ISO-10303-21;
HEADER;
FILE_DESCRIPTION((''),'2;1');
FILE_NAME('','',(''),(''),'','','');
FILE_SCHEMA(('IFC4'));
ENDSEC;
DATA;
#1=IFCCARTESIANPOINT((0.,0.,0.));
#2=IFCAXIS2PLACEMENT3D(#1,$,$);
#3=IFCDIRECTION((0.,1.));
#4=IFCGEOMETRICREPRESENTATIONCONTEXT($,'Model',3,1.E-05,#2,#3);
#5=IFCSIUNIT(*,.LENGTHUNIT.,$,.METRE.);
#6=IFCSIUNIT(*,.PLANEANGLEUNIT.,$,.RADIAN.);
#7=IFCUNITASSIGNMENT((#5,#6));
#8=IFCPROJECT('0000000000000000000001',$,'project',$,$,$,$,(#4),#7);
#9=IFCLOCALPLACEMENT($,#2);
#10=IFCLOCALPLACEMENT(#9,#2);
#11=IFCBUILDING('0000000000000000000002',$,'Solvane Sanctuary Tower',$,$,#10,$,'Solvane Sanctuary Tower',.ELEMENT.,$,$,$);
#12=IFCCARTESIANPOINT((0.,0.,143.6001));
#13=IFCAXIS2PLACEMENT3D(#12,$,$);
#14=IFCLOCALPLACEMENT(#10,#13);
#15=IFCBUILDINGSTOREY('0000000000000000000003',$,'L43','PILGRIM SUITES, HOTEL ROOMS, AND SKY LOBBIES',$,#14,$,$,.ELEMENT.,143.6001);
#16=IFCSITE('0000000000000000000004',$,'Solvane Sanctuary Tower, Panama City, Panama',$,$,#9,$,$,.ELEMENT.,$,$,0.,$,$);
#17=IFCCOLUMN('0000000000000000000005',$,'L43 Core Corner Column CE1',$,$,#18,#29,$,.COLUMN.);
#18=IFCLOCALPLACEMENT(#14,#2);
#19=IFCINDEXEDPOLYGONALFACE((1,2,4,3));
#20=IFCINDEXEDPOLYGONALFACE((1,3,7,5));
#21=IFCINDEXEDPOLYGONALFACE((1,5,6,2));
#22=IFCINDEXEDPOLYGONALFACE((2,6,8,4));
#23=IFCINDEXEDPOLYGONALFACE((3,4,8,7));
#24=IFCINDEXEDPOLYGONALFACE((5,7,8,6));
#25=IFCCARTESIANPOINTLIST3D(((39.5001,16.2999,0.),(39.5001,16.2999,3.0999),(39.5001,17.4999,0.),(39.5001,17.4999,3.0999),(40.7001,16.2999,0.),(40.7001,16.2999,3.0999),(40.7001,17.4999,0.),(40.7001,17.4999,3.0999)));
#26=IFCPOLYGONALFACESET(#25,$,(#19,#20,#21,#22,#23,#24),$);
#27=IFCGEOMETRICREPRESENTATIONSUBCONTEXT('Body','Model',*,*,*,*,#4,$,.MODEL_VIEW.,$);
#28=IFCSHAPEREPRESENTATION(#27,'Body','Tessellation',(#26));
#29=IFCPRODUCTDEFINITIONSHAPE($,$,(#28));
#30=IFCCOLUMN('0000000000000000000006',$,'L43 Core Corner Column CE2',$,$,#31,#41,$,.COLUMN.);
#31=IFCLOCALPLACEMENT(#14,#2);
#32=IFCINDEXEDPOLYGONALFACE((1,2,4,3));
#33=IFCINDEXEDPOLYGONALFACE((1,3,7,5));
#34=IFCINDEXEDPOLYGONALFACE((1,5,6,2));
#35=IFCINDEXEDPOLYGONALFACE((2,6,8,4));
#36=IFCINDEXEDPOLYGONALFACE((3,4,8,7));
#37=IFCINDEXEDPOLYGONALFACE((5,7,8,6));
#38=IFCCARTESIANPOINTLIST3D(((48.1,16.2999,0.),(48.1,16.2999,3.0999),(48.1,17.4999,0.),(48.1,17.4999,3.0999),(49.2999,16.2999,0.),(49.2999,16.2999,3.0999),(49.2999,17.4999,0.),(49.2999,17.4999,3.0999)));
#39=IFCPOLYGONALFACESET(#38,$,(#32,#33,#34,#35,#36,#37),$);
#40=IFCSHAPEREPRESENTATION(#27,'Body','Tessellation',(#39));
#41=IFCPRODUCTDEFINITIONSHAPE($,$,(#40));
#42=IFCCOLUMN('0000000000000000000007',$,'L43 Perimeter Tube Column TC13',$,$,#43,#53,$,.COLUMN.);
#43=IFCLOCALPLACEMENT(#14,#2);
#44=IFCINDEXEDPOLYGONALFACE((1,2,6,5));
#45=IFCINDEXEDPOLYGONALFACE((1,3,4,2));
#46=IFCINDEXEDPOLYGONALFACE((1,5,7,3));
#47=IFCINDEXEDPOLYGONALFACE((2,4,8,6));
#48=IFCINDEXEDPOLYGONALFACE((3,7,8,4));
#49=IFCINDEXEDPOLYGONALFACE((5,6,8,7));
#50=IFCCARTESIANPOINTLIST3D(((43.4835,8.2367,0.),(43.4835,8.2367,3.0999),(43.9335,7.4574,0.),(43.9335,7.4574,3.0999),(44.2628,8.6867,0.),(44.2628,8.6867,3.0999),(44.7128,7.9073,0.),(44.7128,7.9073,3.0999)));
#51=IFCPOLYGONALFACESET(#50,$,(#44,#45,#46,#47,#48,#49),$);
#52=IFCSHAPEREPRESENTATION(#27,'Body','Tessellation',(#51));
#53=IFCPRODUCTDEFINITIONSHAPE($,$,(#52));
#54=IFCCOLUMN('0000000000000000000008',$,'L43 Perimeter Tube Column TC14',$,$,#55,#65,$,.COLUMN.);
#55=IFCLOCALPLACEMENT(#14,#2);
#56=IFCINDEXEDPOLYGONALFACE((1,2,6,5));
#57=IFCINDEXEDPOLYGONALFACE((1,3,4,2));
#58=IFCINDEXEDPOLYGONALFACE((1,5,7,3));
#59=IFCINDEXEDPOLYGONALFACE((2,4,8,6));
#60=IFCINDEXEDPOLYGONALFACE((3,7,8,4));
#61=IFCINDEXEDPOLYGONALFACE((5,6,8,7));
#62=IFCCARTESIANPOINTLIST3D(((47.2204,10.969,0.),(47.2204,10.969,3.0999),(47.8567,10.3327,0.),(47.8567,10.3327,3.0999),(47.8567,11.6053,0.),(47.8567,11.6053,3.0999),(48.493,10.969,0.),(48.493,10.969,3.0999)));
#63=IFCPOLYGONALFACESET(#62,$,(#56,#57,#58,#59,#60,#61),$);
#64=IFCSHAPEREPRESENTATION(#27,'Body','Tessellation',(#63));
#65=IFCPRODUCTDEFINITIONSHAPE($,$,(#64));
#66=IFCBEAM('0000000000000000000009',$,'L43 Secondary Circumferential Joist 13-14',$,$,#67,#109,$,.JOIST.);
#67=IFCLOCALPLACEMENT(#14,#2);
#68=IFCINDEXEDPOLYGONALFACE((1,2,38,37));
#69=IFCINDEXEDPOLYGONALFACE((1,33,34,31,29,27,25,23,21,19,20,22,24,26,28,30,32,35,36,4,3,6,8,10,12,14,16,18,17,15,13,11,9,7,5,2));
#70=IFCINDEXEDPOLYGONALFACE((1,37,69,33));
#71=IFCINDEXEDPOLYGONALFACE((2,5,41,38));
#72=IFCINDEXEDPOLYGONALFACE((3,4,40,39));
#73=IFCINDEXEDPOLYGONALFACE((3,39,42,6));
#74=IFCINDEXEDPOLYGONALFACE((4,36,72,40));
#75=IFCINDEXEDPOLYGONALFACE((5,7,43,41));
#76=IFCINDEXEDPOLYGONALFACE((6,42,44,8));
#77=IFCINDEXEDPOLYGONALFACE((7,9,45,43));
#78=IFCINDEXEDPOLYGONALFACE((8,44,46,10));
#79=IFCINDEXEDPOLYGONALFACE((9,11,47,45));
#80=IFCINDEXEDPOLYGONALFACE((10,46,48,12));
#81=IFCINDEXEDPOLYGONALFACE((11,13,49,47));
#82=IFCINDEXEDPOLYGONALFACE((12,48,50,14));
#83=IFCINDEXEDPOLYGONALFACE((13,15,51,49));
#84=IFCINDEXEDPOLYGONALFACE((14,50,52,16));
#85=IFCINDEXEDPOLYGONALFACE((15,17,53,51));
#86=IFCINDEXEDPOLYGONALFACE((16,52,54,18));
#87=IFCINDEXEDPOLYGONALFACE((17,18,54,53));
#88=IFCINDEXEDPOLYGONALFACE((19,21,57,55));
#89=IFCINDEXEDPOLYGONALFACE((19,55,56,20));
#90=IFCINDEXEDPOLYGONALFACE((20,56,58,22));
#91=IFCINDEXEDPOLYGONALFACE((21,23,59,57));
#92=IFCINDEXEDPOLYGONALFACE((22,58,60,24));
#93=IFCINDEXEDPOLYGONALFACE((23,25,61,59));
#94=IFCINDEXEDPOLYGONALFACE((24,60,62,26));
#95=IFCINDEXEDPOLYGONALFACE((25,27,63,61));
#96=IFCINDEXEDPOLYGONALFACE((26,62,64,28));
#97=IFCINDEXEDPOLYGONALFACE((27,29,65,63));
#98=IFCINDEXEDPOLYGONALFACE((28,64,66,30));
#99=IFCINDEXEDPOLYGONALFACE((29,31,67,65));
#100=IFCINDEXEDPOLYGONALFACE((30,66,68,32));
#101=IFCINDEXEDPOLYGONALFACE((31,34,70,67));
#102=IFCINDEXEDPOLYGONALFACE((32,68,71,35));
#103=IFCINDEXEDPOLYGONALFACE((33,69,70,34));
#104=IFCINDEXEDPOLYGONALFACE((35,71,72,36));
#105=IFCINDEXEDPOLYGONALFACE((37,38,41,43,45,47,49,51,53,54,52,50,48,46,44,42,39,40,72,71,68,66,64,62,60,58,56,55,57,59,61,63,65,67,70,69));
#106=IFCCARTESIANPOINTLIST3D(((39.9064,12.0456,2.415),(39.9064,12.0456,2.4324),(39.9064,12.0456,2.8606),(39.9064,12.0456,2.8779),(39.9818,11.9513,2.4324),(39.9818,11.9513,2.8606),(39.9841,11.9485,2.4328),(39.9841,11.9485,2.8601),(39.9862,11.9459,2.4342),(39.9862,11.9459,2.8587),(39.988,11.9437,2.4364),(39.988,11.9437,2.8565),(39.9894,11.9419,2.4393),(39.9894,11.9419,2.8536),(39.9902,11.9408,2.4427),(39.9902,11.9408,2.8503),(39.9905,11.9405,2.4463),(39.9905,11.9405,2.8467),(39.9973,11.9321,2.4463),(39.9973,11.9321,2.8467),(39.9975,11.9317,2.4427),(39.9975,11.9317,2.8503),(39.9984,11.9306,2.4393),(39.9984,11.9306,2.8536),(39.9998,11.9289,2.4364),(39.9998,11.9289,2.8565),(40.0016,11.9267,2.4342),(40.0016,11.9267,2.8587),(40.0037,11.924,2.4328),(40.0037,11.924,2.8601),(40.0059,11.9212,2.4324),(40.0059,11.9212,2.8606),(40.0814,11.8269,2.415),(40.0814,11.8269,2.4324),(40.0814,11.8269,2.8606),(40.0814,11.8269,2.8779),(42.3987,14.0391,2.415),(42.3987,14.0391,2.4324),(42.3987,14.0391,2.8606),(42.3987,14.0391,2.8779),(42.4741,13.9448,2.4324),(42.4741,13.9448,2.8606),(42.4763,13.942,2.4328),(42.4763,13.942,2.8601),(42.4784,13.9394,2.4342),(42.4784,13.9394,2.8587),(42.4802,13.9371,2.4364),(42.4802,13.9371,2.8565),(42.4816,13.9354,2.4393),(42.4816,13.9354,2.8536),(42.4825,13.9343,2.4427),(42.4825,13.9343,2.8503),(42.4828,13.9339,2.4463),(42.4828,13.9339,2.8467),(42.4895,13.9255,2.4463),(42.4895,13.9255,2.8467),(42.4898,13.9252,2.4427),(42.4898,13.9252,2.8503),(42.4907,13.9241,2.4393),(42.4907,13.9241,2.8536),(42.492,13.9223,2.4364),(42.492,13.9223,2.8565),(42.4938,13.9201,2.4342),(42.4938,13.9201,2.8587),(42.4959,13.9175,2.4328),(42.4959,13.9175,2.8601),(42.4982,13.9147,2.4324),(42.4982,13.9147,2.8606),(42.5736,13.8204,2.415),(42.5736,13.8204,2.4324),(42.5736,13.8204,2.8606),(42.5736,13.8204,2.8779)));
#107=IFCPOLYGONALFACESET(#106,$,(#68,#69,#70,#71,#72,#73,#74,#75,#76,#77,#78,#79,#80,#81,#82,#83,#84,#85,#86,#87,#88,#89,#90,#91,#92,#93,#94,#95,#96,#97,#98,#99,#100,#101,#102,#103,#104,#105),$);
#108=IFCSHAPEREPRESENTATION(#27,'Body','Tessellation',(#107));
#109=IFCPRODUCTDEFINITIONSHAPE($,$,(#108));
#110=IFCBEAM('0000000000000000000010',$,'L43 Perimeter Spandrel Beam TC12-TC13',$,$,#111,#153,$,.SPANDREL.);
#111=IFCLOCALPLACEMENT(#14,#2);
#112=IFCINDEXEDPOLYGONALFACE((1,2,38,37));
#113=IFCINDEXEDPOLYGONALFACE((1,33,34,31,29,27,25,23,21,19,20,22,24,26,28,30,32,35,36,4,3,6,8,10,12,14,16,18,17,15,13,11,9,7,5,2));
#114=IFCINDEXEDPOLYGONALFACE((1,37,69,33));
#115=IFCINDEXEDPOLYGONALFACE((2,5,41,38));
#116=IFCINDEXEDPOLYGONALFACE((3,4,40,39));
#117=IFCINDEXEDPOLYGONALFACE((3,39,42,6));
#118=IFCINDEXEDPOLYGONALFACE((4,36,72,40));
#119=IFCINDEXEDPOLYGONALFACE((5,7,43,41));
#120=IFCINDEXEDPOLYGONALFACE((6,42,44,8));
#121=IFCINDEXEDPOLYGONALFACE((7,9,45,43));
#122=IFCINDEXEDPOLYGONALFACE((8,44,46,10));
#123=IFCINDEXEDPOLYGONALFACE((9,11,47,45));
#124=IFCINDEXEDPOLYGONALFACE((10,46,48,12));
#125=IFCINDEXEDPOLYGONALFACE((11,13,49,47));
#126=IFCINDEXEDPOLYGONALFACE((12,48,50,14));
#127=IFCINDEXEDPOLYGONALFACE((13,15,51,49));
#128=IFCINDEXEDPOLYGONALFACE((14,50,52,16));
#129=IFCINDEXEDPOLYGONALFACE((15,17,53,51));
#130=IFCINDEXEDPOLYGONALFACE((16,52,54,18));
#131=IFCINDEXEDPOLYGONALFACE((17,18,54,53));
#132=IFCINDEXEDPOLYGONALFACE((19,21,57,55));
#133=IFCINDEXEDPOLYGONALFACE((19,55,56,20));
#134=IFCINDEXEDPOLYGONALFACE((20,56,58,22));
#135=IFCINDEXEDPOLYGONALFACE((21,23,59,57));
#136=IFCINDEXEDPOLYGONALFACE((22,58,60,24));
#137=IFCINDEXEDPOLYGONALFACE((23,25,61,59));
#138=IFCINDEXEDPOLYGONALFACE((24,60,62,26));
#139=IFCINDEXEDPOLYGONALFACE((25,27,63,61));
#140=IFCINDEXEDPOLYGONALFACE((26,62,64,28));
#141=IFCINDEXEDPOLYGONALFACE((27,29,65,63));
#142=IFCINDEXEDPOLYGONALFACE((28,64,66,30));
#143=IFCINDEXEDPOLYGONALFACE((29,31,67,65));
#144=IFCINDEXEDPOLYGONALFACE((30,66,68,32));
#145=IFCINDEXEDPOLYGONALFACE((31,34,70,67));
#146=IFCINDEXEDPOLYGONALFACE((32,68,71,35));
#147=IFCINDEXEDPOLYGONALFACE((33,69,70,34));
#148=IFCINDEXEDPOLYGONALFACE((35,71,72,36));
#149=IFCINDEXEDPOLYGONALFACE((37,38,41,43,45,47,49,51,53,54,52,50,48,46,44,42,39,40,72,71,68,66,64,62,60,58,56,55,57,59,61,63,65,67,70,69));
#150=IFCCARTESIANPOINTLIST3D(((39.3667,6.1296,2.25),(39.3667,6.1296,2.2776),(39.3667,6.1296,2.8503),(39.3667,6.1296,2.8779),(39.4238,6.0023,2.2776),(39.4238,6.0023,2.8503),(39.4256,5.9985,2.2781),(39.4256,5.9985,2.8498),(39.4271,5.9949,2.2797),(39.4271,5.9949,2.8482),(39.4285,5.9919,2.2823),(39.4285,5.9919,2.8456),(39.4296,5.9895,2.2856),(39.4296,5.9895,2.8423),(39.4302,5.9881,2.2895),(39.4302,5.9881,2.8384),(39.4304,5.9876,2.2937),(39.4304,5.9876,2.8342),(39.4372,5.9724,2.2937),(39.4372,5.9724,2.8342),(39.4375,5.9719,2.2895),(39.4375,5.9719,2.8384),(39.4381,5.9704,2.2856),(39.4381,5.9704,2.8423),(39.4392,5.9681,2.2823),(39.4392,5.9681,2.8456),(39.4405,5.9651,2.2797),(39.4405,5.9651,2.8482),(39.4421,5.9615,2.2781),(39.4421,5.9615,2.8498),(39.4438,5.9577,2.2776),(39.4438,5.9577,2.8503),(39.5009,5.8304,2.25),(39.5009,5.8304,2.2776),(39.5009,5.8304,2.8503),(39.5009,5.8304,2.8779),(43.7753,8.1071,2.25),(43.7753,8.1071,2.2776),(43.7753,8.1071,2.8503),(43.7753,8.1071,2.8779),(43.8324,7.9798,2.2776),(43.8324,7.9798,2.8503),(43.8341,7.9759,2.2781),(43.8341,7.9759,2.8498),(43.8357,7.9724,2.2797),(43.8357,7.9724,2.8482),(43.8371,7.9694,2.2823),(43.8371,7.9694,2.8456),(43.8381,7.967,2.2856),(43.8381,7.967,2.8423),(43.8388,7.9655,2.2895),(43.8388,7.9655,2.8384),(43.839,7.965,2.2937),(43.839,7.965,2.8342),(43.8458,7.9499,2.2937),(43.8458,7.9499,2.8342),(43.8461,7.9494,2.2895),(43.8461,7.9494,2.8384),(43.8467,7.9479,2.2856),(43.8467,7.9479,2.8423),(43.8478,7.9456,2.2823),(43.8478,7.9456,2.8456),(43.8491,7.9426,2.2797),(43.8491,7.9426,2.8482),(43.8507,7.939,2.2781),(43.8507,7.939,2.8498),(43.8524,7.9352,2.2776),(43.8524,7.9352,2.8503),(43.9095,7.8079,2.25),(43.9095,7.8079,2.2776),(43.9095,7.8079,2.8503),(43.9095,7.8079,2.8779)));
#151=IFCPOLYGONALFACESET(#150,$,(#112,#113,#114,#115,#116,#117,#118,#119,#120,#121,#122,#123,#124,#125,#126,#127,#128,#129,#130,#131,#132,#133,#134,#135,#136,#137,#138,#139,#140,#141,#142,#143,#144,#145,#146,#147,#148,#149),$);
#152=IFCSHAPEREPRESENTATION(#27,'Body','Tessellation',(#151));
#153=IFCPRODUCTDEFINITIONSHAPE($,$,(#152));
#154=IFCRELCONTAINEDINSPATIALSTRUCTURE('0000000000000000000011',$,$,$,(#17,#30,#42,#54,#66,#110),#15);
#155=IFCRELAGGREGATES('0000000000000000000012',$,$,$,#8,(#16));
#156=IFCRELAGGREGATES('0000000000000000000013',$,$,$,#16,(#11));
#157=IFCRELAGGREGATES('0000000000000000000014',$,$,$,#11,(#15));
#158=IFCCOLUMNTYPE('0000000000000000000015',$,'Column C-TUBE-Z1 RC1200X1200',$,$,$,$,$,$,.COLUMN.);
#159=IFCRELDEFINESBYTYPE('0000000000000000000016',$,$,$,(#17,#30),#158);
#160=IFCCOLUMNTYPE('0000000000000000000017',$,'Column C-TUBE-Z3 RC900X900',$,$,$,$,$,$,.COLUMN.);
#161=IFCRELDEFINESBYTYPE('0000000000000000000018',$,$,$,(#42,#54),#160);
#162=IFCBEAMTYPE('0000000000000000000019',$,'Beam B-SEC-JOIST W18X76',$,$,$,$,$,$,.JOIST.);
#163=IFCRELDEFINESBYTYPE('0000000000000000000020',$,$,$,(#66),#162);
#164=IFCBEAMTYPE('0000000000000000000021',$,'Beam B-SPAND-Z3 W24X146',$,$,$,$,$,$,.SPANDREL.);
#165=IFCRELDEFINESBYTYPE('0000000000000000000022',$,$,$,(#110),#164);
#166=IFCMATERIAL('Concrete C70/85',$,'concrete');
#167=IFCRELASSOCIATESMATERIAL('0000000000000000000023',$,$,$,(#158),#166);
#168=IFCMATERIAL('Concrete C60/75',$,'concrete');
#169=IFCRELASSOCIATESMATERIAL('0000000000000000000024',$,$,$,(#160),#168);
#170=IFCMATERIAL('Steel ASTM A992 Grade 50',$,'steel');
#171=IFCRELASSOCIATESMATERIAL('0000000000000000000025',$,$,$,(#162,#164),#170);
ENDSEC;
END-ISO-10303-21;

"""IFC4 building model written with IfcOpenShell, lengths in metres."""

from ifc_helpers import new_model, si_unit, direction, frame, origin, origin_2d, place, context, subcontext, project, spatial, rectangle, i_section, extrude, material, material_profile, profile_set, type_object, element, save


model = new_model("IFC4")

# Units and contexts
model_context = context("Model", 3, precision=1e-05, world=origin(), true_north=direction((0.0, 1.0)))
body_context = subcontext(model_context, "Body", "Model", "MODEL_VIEW")
ifc_project = project(units=[si_unit("LENGTHUNIT", "METRE"), si_unit("PLANEANGLEUNIT", "RADIAN")], contexts=[model_context])

# Site, building, storey
site_placement = place(None, origin())
site = spatial("IfcSite", under=ifc_project, at=site_placement, Name="Solvane Sanctuary Tower, Panama City, Panama", CompositionType="ELEMENT", RefElevation=0.0)
building_placement = place(site_placement, origin())
building = spatial("IfcBuilding", under=site, at=building_placement, Name="Solvane Sanctuary Tower", LongName="Solvane Sanctuary Tower", CompositionType="ELEMENT")
storey_placement = place(building_placement, frame((0.0, 0.0, 143.6001)))
storey = spatial("IfcBuildingStorey", under=building, at=storey_placement, Name="L43", Description="PILGRIM SUITES, HOTEL ROOMS, AND SKY LOBBIES", CompositionType="ELEMENT", Elevation=143.6001)

# Columns
ifc_material_1 = material(Name="Concrete C70/85", Category="concrete")
ifc_material_profile_1 = material_profile(ifc_material_1, rectangle(XDim=1.2, YDim=1.2, at=origin_2d()), Name="RC1200X1200")
ifc_profile_set_1 = profile_set([ifc_material_profile_1], Name="Concrete C70/85")
column_type_1 = type_object("IfcColumnType", Name="Column C-TUBE-Z1 RC1200X1200", PredefinedType="COLUMN", material=ifc_profile_set_1)
for number, where, z_axis, x_axis, name in (
    (1, (40.1001, 16.8999, 0.0), (0.0, 0.0, 1.0), (1.0, 0.0, 0.0), "L43 Core Corner Column CE1"),
    (2, (48.7, 16.8999, 0.0), (0.0, 0.0, 1.0), (1.0, 0.0, 0.0), "L43 Core Corner Column CE2"),
):
    element("IfcColumn", number, at=place(storey_placement, frame(where, z_axis=z_axis, x_axis=x_axis)), inside=storey, type_object=column_type_1, Name=name, PredefinedType="COLUMN", context=body_context, shape_type="SweptSolid", body=[
        extrude(rectangle(XDim=1.2, YDim=1.2, at=origin_2d()), origin(), (0.0, 0.0, 1.0), 3.0999),
    ])
ifc_material_2 = material(Name="Concrete C60/75", Category="concrete")
ifc_material_profile_2 = material_profile(ifc_material_2, rectangle(XDim=0.8999, YDim=0.8999, at=origin_2d()), Name="RC900X900")
ifc_profile_set_2 = profile_set([ifc_material_profile_2], Name="Concrete C60/75")
column_type_2 = type_object("IfcColumnType", Name="Column C-TUBE-Z3 RC900X900", PredefinedType="COLUMN", material=ifc_profile_set_2)
for number, where, z_axis, x_axis, name in (
    (3, (44.0981, 8.072, 0.0), (0.0, 0.0, 1.0), (0.5, -0.866025, 0.0), "L43 Perimeter Tube Column TC13"),
    (4, (47.8567, 10.969, 0.0), (0.0, 0.0, 1.0), (0.707107, -0.707107, 0.0), "L43 Perimeter Tube Column TC14"),
):
    element("IfcColumn", number, at=place(storey_placement, frame(where, z_axis=z_axis, x_axis=x_axis)), inside=storey, type_object=column_type_2, Name=name, PredefinedType="COLUMN", context=body_context, shape_type="SweptSolid", body=[
        extrude(rectangle(XDim=0.8999, YDim=0.8999, at=origin_2d()), origin(), (0.0, 0.0, 1.0), 3.0999),
    ])

# Beams
ifc_material_3 = material(Name="Steel ASTM A992 Grade 50", Category="steel")
ifc_material_profile_3 = material_profile(ifc_material_3, i_section(OverallWidth=0.28, OverallDepth=0.4629, WebThickness=0.0107, FlangeThickness=0.0173, FilletRadius=0.0139, at=origin_2d()), Name="W18X76")
ifc_profile_set_3 = profile_set([ifc_material_profile_3], Name="Steel ASTM A992 Grade 50")
beam_type_1 = type_object("IfcBeamType", Name="Beam B-SEC-JOIST W18X76", PredefinedType="JOIST", material=ifc_profile_set_3)
beam_1_placement = place(storey_placement, frame((39.9939, 11.9363, 2.6465), z_axis=(0.780921, 0.62463, 0.0), x_axis=(-0.62463, 0.780921, 0.0)))
element("IfcBeam", 5, at=beam_1_placement, inside=storey, type_object=beam_type_1, Name="L43 Secondary Circumferential Joist 13-14", PredefinedType="JOIST", context=body_context, shape_type="SweptSolid", body=[
    extrude(i_section(OverallWidth=0.28, OverallDepth=0.4629, WebThickness=0.0107, FlangeThickness=0.0173, FilletRadius=0.0139, at=origin_2d()), origin(), (0.0, 0.0, 1.0), 3.1914),
])
ifc_material_profile_4 = material_profile(ifc_material_3, i_section(OverallWidth=0.3279, OverallDepth=0.6279, WebThickness=0.0166, FlangeThickness=0.0276, FilletRadius=0.0161, at=origin_2d()), Name="W24X146")
ifc_profile_set_4 = profile_set([ifc_material_profile_4], Name="Steel ASTM A992 Grade 50")
beam_type_2 = type_object("IfcBeamType", Name="Beam B-SPAND-Z3 W24X146", PredefinedType="SPANDREL", material=ifc_profile_set_4)
beam_2_placement = place(storey_placement, frame((39.4338, 5.98, 2.564), z_axis=(0.912414, 0.409268, 0.0), x_axis=(-0.409268, 0.912414, 0.0)))
element("IfcBeam", 6, at=beam_2_placement, inside=storey, type_object=beam_type_2, Name="L43 Perimeter Spandrel Beam TC12-TC13", PredefinedType="SPANDREL", context=body_context, shape_type="SweptSolid", body=[
    extrude(i_section(OverallWidth=0.3279, OverallDepth=0.6279, WebThickness=0.0166, FlangeThickness=0.0276, FilletRadius=0.0161, at=origin_2d()), origin(), (0.0, 0.0, 1.0), 4.8318),
])

save(model, "model.ifc")
